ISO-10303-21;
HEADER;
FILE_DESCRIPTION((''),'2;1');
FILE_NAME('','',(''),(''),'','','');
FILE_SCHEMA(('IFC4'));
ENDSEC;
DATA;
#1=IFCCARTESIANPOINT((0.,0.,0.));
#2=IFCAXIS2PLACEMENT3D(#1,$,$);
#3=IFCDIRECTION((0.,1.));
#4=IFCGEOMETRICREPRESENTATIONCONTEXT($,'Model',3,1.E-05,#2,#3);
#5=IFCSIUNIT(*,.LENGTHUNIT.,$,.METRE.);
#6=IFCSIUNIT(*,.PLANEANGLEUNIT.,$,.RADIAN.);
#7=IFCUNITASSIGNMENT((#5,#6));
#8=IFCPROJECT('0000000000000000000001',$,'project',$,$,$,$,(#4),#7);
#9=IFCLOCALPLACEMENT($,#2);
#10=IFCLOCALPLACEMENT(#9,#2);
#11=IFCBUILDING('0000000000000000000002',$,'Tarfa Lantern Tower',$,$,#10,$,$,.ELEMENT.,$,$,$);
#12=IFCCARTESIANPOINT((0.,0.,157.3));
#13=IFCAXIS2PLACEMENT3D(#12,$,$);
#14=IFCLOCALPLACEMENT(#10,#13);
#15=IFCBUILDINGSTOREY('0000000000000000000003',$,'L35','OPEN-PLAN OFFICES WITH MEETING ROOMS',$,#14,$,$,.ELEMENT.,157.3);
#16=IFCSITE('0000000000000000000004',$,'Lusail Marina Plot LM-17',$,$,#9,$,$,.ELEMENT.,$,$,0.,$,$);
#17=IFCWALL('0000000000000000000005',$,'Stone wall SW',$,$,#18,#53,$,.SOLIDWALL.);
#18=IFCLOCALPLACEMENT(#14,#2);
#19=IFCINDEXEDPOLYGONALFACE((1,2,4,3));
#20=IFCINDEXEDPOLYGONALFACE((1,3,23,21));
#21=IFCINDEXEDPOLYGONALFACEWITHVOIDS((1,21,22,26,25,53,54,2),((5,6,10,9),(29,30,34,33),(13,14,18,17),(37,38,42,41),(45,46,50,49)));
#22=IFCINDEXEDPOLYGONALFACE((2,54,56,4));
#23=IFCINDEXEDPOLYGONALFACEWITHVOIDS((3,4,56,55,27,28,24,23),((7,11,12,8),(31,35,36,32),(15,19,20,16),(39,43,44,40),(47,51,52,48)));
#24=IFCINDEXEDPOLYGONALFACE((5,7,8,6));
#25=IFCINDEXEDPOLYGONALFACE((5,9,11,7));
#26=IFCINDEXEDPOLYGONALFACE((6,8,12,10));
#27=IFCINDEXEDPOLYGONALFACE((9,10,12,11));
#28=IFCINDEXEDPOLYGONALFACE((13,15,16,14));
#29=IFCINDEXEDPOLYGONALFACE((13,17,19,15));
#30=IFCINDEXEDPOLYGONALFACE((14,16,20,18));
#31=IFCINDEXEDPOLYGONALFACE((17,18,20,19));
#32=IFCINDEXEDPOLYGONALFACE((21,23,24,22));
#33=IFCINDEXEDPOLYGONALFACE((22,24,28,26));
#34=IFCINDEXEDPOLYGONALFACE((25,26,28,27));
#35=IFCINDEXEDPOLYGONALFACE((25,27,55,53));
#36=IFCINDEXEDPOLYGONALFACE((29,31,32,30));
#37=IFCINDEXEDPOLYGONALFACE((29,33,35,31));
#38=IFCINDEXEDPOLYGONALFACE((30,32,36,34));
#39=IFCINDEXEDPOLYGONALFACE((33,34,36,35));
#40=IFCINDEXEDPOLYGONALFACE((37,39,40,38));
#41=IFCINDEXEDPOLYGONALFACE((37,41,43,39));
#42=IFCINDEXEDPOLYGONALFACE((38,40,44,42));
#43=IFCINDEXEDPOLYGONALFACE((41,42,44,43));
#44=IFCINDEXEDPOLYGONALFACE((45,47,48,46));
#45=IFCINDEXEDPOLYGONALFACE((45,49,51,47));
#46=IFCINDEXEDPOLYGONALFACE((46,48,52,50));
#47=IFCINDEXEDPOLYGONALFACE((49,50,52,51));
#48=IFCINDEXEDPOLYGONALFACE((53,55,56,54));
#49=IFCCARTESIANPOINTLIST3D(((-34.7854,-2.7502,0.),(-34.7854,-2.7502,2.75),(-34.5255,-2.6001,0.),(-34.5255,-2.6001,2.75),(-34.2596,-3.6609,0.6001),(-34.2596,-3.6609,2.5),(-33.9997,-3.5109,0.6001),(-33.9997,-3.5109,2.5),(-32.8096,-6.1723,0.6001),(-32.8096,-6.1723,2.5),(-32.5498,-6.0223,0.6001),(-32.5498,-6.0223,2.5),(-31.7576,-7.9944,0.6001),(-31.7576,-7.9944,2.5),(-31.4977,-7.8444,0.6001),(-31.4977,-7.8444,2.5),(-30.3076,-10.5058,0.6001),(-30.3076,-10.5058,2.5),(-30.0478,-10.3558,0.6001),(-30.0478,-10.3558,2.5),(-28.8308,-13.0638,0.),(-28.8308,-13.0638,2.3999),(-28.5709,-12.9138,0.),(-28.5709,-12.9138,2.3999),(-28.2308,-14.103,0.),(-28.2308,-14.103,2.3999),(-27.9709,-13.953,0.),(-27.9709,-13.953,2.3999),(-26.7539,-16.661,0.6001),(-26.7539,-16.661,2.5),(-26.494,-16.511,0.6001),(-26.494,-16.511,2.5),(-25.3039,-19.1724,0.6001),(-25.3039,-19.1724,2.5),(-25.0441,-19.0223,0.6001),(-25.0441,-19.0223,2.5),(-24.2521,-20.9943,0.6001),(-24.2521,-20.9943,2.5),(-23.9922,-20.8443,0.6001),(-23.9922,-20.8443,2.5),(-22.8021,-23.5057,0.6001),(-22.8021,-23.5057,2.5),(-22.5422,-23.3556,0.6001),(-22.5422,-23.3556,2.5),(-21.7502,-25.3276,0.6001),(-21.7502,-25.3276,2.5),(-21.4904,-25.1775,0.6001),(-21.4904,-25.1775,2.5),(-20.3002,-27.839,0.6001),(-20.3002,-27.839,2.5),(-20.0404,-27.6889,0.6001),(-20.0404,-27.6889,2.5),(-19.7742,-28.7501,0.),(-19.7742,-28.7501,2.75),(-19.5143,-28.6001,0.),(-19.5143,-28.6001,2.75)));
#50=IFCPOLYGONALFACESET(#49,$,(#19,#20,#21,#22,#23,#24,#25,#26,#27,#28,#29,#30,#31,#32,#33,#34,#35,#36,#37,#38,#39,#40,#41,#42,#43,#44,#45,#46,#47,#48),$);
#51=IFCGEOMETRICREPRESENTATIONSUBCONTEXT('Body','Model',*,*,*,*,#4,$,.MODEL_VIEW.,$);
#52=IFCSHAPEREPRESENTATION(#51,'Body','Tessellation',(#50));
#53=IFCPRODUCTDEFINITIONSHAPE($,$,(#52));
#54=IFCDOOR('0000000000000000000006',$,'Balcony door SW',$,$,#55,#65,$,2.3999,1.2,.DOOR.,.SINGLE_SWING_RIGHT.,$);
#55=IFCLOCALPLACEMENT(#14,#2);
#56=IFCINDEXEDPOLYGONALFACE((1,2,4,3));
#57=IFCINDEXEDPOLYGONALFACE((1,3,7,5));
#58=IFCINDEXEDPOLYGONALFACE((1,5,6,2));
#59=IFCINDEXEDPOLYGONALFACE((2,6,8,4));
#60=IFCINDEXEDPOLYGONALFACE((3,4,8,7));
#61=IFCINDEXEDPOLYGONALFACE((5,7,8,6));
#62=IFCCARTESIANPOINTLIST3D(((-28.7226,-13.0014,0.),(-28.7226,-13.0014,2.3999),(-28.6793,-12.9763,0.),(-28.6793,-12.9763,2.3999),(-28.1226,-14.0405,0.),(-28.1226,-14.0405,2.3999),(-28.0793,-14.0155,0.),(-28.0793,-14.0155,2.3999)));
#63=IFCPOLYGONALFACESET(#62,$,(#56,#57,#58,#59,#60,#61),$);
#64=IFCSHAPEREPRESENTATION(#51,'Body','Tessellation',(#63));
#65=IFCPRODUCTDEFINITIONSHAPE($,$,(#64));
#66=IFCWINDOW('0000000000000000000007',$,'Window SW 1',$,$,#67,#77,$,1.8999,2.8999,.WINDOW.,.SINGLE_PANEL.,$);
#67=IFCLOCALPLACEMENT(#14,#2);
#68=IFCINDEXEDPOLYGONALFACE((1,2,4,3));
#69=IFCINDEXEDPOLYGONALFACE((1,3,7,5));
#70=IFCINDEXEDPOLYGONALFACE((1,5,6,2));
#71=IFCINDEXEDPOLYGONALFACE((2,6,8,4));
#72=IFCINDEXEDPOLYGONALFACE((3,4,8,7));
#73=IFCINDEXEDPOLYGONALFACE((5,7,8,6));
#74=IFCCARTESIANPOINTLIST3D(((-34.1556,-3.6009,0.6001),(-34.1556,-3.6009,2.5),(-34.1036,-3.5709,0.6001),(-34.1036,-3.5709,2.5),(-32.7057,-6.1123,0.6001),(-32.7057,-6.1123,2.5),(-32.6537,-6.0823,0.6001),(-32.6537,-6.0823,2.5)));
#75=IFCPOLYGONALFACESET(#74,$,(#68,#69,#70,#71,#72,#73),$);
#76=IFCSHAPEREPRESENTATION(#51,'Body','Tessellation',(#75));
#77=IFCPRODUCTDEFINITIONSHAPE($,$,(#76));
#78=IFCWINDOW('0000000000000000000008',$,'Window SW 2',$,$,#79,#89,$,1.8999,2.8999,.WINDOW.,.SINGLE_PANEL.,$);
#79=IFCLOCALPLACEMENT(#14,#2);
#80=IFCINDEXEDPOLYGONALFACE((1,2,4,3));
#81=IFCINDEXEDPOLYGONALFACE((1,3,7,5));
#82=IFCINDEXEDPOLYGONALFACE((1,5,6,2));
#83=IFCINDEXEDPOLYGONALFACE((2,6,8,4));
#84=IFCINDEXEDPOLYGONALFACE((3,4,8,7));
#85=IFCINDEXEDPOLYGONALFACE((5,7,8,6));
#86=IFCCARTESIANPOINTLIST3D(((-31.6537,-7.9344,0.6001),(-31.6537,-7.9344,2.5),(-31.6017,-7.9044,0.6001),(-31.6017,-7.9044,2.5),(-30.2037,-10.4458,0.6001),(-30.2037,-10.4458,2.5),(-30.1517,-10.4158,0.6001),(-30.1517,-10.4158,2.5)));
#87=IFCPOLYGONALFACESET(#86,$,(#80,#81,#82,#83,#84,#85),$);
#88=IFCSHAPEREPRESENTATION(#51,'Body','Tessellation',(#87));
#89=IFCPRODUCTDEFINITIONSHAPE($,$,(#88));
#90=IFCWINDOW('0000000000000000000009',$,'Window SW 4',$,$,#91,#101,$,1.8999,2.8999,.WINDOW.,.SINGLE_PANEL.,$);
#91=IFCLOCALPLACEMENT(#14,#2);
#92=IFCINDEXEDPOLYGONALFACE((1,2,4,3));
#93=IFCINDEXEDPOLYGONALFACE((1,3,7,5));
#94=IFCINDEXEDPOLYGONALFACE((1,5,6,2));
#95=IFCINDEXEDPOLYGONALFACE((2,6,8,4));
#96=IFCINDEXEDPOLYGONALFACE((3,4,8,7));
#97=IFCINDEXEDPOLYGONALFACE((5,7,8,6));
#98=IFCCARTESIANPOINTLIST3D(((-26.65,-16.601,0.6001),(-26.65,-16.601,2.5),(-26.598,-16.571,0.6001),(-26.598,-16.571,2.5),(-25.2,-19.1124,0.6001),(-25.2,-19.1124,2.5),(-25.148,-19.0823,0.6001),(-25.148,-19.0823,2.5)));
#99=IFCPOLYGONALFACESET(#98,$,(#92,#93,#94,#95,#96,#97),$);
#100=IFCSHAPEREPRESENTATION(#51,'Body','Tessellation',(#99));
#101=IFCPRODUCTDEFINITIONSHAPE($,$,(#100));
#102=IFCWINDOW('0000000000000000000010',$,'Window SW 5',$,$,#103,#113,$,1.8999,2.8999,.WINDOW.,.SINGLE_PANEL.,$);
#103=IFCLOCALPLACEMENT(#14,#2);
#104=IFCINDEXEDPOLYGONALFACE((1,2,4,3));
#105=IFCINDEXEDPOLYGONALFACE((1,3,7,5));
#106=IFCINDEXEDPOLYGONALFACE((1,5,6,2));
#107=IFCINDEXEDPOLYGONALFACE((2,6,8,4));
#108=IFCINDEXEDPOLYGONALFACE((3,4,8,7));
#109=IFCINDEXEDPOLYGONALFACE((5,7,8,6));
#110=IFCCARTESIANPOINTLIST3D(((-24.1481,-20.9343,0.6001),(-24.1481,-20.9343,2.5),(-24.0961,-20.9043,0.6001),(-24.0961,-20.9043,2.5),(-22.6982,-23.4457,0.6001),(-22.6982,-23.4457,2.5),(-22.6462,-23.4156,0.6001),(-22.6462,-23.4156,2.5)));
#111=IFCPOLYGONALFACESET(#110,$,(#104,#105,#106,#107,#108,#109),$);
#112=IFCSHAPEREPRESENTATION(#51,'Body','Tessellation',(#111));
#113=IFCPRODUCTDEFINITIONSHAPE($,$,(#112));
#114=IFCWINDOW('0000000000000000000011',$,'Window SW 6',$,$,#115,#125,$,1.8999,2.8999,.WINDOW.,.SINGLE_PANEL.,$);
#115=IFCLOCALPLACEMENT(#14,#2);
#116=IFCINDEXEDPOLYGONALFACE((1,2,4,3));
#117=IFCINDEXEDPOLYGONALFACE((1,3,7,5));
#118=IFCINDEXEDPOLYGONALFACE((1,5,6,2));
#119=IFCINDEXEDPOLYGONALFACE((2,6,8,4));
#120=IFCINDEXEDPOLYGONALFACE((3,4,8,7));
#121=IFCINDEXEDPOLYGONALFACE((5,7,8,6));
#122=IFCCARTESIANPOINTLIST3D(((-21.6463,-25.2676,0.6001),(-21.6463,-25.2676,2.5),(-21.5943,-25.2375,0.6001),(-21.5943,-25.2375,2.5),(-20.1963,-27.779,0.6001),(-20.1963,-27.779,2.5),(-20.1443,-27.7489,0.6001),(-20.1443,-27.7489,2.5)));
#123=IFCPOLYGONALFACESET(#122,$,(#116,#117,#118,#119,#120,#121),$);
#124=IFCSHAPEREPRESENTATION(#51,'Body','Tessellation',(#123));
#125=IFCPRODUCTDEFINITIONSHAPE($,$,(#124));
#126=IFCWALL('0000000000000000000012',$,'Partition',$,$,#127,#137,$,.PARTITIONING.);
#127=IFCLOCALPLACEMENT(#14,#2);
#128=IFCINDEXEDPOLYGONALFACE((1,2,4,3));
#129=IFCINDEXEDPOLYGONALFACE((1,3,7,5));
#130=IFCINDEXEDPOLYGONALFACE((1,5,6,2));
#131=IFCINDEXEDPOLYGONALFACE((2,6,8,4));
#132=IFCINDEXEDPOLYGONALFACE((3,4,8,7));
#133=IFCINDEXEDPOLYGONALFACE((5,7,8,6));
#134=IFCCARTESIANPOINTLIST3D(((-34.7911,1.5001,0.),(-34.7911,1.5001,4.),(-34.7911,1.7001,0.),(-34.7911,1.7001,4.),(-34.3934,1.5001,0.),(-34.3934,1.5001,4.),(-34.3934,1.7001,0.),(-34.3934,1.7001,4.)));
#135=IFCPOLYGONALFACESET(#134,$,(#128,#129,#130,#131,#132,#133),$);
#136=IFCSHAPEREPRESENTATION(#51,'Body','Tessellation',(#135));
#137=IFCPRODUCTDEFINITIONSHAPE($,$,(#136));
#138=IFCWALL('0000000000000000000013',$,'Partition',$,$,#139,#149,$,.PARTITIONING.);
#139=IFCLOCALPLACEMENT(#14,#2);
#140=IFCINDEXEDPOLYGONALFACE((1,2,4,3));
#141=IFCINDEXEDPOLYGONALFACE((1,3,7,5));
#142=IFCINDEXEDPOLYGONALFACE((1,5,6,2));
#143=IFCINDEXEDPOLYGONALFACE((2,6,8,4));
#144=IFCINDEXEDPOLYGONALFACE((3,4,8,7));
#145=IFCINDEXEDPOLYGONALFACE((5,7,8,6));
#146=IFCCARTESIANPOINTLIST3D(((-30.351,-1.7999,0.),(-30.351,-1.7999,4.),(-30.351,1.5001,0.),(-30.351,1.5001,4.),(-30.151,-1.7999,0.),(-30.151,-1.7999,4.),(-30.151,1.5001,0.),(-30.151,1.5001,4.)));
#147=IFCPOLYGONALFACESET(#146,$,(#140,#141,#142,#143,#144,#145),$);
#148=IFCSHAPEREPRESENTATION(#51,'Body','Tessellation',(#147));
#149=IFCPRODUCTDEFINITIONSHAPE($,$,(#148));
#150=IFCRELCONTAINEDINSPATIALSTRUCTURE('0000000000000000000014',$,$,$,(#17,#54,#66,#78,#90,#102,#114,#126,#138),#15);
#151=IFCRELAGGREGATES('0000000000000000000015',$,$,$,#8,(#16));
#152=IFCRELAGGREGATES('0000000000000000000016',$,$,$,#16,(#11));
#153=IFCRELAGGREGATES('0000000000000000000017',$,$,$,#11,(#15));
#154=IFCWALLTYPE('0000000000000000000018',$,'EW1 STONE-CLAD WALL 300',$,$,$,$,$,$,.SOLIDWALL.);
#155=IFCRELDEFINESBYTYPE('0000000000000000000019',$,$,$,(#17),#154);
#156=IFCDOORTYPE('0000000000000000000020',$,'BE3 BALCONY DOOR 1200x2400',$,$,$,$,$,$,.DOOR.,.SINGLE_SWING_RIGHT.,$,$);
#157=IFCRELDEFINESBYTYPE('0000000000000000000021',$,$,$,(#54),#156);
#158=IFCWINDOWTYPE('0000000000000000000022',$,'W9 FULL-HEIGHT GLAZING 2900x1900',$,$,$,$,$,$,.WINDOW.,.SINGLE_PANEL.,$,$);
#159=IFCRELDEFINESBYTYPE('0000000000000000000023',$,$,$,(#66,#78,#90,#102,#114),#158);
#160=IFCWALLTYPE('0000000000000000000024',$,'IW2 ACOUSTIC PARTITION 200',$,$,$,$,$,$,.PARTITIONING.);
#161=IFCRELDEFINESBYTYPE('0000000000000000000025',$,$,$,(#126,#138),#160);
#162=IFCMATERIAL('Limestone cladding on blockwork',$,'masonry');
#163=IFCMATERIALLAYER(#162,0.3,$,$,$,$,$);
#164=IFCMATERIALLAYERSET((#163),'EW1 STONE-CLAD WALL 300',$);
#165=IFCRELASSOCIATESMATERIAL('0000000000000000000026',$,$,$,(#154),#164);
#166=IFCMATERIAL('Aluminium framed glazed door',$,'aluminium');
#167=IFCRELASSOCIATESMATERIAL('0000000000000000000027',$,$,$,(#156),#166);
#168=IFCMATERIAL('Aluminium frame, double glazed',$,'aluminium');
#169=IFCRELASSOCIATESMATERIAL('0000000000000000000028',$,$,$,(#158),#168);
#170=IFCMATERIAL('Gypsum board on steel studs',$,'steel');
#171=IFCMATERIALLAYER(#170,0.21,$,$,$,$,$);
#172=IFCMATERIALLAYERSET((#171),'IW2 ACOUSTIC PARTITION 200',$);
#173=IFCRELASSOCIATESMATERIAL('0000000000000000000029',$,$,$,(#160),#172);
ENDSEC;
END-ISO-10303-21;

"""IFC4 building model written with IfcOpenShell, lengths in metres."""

from ifc_helpers import new_model, si_unit, direction, frame, frame_2d, origin, place, context, subcontext, project, spatial, rectangle, extrude, material, layer, layer_set, type_object, element, fill, save


model = new_model("IFC4")

# Units and contexts
model_context = context("Model", 3, precision=1e-05, world=origin(), true_north=direction((0.0, 1.0)))
body_context = subcontext(model_context, "Body", "Model", "MODEL_VIEW")
ifc_project = project(units=[si_unit("LENGTHUNIT", "METRE"), si_unit("PLANEANGLEUNIT", "RADIAN")], contexts=[model_context])

# Site, building, storey
site_placement = place(None, origin())
site = spatial("IfcSite", under=ifc_project, at=site_placement, Name="Lusail Marina Plot LM-17", CompositionType="ELEMENT", RefElevation=0.0)
building_placement = place(site_placement, origin())
building = spatial("IfcBuilding", under=site, at=building_placement, Name="Tarfa Lantern Tower", CompositionType="ELEMENT")
storey_placement = place(building_placement, frame((0.0, 0.0, 157.3)))
storey = spatial("IfcBuildingStorey", under=building, at=storey_placement, Name="L35", Description="OPEN-PLAN OFFICES WITH MEETING ROOMS", CompositionType="ELEMENT", Elevation=157.3)

# Wall, openings, door, windows
ifc_material_1 = material(Name="Limestone cladding on blockwork", Category="masonry")
ifc_layer_1 = layer(ifc_material_1, 0.3)
ifc_layer_set_1 = layer_set([ifc_layer_1], Name="EW1 STONE-CLAD WALL 300")
wall_type_1 = type_object("IfcWallType", Name="EW1 STONE-CLAD WALL 300", PredefinedType="SOLIDWALL", material=ifc_layer_set_1)
wall_1_placement = place(storey_placement, frame((-34.6555, -2.675, 0.0), z_axis=(0.0, 0.0, 1.0), x_axis=(0.500003, -0.866024, 0.0)))
wall_1 = element("IfcWall", 1, at=wall_1_placement, inside=storey, type_object=wall_type_1, Name="Stone wall SW", PredefinedType="SOLIDWALL", context=body_context, shape_type="SweptSolid", body=[
    extrude(rectangle(XDim=30.0222, YDim=0.3, at=frame_2d((15.0112, 0.0))), origin(), (0.0, 0.0, 1.0), 2.75),
])
opening_1_placement = place(wall_1_placement, frame((1.0518, 0.0, 0.6001)))
opening_1 = element("IfcOpeningElement", 2, at=opening_1_placement, cuts=wall_1, PredefinedType="OPENING", context=body_context, shape_type="SweptSolid", body=[
    extrude(rectangle(XDim=2.8999, YDim=1.8999, at=frame_2d((1.45, 0.95))), frame((0.0, 0.1599, 0.0), z_axis=(0.0, -1.0, 0.0), x_axis=(1.0, 0.0, 0.0)), (0.0, 0.0, 1.0), 0.3201),
])
opening_2_placement = place(wall_1_placement, frame((6.0557, 0.0, 0.6001)))
opening_2 = element("IfcOpeningElement", 3, at=opening_2_placement, cuts=wall_1, PredefinedType="OPENING", context=body_context, shape_type="SweptSolid", body=[
    extrude(rectangle(XDim=2.8999, YDim=1.8999, at=frame_2d((1.45, 0.95))), frame((0.0, 0.1599, 0.0), z_axis=(0.0, -1.0, 0.0), x_axis=(1.0, 0.0, 0.0)), (0.0, 0.0, 1.0), 0.3201),
])
opening_3_placement = place(wall_1_placement, frame((11.9092, 0.0, 0.0)))
opening_3 = element("IfcOpeningElement", 4, at=opening_3_placement, cuts=wall_1, PredefinedType="OPENING", context=body_context, shape_type="SweptSolid", body=[
    extrude(rectangle(XDim=1.2, YDim=2.3999, at=frame_2d((0.6001, 1.2))), frame((0.0, 0.1599, 0.0), z_axis=(0.0, -1.0, 0.0), x_axis=(1.0, 0.0, 0.0)), (0.0, 0.0, 1.0), 0.3201),
])
opening_4_placement = place(wall_1_placement, frame((16.063, 0.0, 0.6001)))
opening_4 = element("IfcOpeningElement", 5, at=opening_4_placement, cuts=wall_1, PredefinedType="OPENING", context=body_context, shape_type="SweptSolid", body=[
    extrude(rectangle(XDim=2.8999, YDim=1.8999, at=frame_2d((1.45, 0.95))), frame((0.0, 0.1599, 0.0), z_axis=(0.0, -1.0, 0.0), x_axis=(1.0, 0.0, 0.0)), (0.0, 0.0, 1.0), 0.3201),
])
opening_5_placement = place(wall_1_placement, frame((21.0667, 0.0, 0.6001)))
opening_5 = element("IfcOpeningElement", 6, at=opening_5_placement, cuts=wall_1, PredefinedType="OPENING", context=body_context, shape_type="SweptSolid", body=[
    extrude(rectangle(XDim=2.8999, YDim=1.8999, at=frame_2d((1.45, 0.95))), frame((0.0, 0.1599, 0.0), z_axis=(0.0, -1.0, 0.0), x_axis=(1.0, 0.0, 0.0)), (0.0, 0.0, 1.0), 0.3201),
])
opening_6_placement = place(wall_1_placement, frame((26.0703, 0.0, 0.6001)))
opening_6 = element("IfcOpeningElement", 7, at=opening_6_placement, cuts=wall_1, PredefinedType="OPENING", context=body_context, shape_type="SweptSolid", body=[
    extrude(rectangle(XDim=2.8999, YDim=1.8999, at=frame_2d((1.45, 0.95))), frame((0.0, 0.1599, 0.0), z_axis=(0.0, -1.0, 0.0), x_axis=(1.0, 0.0, 0.0)), (0.0, 0.0, 1.0), 0.3201),
])
ifc_material_2 = material(Name="Aluminium framed glazed door", Category="aluminium")
door_type = type_object("IfcDoorType", Name="BE3 BALCONY DOOR 1200x2400", OperationType="SINGLE_SWING_RIGHT", PredefinedType="DOOR", material=ifc_material_2)
door_placement = place(opening_3_placement, origin())
door = element("IfcDoor", 8, at=door_placement, inside=storey, type_object=door_type, Name="Balcony door SW", OperationType="SINGLE_SWING_RIGHT", OverallHeight=2.3999, OverallWidth=1.2, PredefinedType="DOOR", context=body_context, shape_type="SweptSolid", body=[
    extrude(rectangle(XDim=1.2, YDim=2.3999, at=frame_2d((0.6001, 1.2))), frame((0.0, 0.0249, 0.0), z_axis=(0.0, -1.0, 0.0), x_axis=(1.0, 0.0, 0.0)), (0.0, 0.0, 1.0), 0.05),
])
fill(opening_3, door)
ifc_material_3 = material(Name="Aluminium frame, double glazed", Category="aluminium")
window_type = type_object("IfcWindowType", Name="W9 FULL-HEIGHT GLAZING 2900x1900", PartitioningType="SINGLE_PANEL", PredefinedType="WINDOW", material=ifc_material_3)
window_1_placement = place(opening_1_placement, origin())
window_1 = element("IfcWindow", 9, at=window_1_placement, inside=storey, type_object=window_type, Name="Window SW 1", OverallHeight=1.8999, OverallWidth=2.8999, PartitioningType="SINGLE_PANEL", PredefinedType="WINDOW", context=body_context, shape_type="SweptSolid", body=[
    extrude(rectangle(XDim=2.8999, YDim=1.8999, at=frame_2d((1.45, 0.95))), frame((0.0, 0.03, 0.0), z_axis=(0.0, -1.0, 0.0), x_axis=(1.0, 0.0, 0.0)), (0.0, 0.0, 1.0), 0.0601),
])
fill(opening_1, window_1)
window_2_placement = place(opening_2_placement, origin())
window_2 = element("IfcWindow", 10, at=window_2_placement, inside=storey, type_object=window_type, Name="Window SW 2", OverallHeight=1.8999, OverallWidth=2.8999, PartitioningType="SINGLE_PANEL", PredefinedType="WINDOW", context=body_context, shape_type="SweptSolid", body=[
    extrude(rectangle(XDim=2.8999, YDim=1.8999, at=frame_2d((1.45, 0.95))), frame((0.0, 0.03, 0.0), z_axis=(0.0, -1.0, 0.0), x_axis=(1.0, 0.0, 0.0)), (0.0, 0.0, 1.0), 0.0601),
])
fill(opening_2, window_2)
window_3_placement = place(opening_4_placement, origin())
window_3 = element("IfcWindow", 11, at=window_3_placement, inside=storey, type_object=window_type, Name="Window SW 4", OverallHeight=1.8999, OverallWidth=2.8999, PartitioningType="SINGLE_PANEL", PredefinedType="WINDOW", context=body_context, shape_type="SweptSolid", body=[
    extrude(rectangle(XDim=2.8999, YDim=1.8999, at=frame_2d((1.45, 0.95))), frame((0.0, 0.03, 0.0), z_axis=(0.0, -1.0, 0.0), x_axis=(1.0, 0.0, 0.0)), (0.0, 0.0, 1.0), 0.0601),
])
fill(opening_4, window_3)
window_4_placement = place(opening_5_placement, origin())
window_4 = element("IfcWindow", 12, at=window_4_placement, inside=storey, type_object=window_type, Name="Window SW 5", OverallHeight=1.8999, OverallWidth=2.8999, PartitioningType="SINGLE_PANEL", PredefinedType="WINDOW", context=body_context, shape_type="SweptSolid", body=[
    extrude(rectangle(XDim=2.8999, YDim=1.8999, at=frame_2d((1.45, 0.95))), frame((0.0, 0.03, 0.0), z_axis=(0.0, -1.0, 0.0), x_axis=(1.0, 0.0, 0.0)), (0.0, 0.0, 1.0), 0.0601),
])
fill(opening_5, window_4)
window_5_placement = place(opening_6_placement, origin())
window_5 = element("IfcWindow", 13, at=window_5_placement, inside=storey, type_object=window_type, Name="Window SW 6", OverallHeight=1.8999, OverallWidth=2.8999, PartitioningType="SINGLE_PANEL", PredefinedType="WINDOW", context=body_context, shape_type="SweptSolid", body=[
    extrude(rectangle(XDim=2.8999, YDim=1.8999, at=frame_2d((1.45, 0.95))), frame((0.0, 0.03, 0.0), z_axis=(0.0, -1.0, 0.0), x_axis=(1.0, 0.0, 0.0)), (0.0, 0.0, 1.0), 0.0601),
])
fill(opening_6, window_5)

# Walls
ifc_material_4 = material(Name="Gypsum board on steel studs", Category="steel")
ifc_layer_2 = layer(ifc_material_4, 0.21)
ifc_layer_set_2 = layer_set([ifc_layer_2], Name="IW2 ACOUSTIC PARTITION 200")
wall_type_2 = type_object("IfcWallType", Name="IW2 ACOUSTIC PARTITION 200", PredefinedType="PARTITIONING", material=ifc_layer_set_2)
wall_2_placement = place(storey_placement, frame((-34.3936, 1.6001, 0.0), z_axis=(0.0, 0.0, 1.0), x_axis=(-1.0, 0.0, 0.0)))
element("IfcWall", 14, at=wall_2_placement, inside=storey, type_object=wall_type_2, Name="Partition", PredefinedType="PARTITIONING", context=body_context, shape_type="SweptSolid", body=[
    extrude(rectangle(XDim=0.3977, YDim=0.2, at=frame_2d((0.1987, 0.0))), origin(), (0.0, 0.0, 1.0), 4.0),
])
wall_3_placement = place(storey_placement, frame((-30.251, 1.5, 0.0), z_axis=(0.0, 0.0, 1.0), x_axis=(0.0, -1.0, 0.0)))
element("IfcWall", 15, at=wall_3_placement, inside=storey, type_object=wall_type_2, Name="Partition", PredefinedType="PARTITIONING", context=body_context, shape_type="SweptSolid", body=[
    extrude(rectangle(XDim=3.3, YDim=0.2, at=frame_2d((1.6499, 0.0))), origin(), (0.0, 0.0, 1.0), 4.0),
])

save(model, "model.ifc")
